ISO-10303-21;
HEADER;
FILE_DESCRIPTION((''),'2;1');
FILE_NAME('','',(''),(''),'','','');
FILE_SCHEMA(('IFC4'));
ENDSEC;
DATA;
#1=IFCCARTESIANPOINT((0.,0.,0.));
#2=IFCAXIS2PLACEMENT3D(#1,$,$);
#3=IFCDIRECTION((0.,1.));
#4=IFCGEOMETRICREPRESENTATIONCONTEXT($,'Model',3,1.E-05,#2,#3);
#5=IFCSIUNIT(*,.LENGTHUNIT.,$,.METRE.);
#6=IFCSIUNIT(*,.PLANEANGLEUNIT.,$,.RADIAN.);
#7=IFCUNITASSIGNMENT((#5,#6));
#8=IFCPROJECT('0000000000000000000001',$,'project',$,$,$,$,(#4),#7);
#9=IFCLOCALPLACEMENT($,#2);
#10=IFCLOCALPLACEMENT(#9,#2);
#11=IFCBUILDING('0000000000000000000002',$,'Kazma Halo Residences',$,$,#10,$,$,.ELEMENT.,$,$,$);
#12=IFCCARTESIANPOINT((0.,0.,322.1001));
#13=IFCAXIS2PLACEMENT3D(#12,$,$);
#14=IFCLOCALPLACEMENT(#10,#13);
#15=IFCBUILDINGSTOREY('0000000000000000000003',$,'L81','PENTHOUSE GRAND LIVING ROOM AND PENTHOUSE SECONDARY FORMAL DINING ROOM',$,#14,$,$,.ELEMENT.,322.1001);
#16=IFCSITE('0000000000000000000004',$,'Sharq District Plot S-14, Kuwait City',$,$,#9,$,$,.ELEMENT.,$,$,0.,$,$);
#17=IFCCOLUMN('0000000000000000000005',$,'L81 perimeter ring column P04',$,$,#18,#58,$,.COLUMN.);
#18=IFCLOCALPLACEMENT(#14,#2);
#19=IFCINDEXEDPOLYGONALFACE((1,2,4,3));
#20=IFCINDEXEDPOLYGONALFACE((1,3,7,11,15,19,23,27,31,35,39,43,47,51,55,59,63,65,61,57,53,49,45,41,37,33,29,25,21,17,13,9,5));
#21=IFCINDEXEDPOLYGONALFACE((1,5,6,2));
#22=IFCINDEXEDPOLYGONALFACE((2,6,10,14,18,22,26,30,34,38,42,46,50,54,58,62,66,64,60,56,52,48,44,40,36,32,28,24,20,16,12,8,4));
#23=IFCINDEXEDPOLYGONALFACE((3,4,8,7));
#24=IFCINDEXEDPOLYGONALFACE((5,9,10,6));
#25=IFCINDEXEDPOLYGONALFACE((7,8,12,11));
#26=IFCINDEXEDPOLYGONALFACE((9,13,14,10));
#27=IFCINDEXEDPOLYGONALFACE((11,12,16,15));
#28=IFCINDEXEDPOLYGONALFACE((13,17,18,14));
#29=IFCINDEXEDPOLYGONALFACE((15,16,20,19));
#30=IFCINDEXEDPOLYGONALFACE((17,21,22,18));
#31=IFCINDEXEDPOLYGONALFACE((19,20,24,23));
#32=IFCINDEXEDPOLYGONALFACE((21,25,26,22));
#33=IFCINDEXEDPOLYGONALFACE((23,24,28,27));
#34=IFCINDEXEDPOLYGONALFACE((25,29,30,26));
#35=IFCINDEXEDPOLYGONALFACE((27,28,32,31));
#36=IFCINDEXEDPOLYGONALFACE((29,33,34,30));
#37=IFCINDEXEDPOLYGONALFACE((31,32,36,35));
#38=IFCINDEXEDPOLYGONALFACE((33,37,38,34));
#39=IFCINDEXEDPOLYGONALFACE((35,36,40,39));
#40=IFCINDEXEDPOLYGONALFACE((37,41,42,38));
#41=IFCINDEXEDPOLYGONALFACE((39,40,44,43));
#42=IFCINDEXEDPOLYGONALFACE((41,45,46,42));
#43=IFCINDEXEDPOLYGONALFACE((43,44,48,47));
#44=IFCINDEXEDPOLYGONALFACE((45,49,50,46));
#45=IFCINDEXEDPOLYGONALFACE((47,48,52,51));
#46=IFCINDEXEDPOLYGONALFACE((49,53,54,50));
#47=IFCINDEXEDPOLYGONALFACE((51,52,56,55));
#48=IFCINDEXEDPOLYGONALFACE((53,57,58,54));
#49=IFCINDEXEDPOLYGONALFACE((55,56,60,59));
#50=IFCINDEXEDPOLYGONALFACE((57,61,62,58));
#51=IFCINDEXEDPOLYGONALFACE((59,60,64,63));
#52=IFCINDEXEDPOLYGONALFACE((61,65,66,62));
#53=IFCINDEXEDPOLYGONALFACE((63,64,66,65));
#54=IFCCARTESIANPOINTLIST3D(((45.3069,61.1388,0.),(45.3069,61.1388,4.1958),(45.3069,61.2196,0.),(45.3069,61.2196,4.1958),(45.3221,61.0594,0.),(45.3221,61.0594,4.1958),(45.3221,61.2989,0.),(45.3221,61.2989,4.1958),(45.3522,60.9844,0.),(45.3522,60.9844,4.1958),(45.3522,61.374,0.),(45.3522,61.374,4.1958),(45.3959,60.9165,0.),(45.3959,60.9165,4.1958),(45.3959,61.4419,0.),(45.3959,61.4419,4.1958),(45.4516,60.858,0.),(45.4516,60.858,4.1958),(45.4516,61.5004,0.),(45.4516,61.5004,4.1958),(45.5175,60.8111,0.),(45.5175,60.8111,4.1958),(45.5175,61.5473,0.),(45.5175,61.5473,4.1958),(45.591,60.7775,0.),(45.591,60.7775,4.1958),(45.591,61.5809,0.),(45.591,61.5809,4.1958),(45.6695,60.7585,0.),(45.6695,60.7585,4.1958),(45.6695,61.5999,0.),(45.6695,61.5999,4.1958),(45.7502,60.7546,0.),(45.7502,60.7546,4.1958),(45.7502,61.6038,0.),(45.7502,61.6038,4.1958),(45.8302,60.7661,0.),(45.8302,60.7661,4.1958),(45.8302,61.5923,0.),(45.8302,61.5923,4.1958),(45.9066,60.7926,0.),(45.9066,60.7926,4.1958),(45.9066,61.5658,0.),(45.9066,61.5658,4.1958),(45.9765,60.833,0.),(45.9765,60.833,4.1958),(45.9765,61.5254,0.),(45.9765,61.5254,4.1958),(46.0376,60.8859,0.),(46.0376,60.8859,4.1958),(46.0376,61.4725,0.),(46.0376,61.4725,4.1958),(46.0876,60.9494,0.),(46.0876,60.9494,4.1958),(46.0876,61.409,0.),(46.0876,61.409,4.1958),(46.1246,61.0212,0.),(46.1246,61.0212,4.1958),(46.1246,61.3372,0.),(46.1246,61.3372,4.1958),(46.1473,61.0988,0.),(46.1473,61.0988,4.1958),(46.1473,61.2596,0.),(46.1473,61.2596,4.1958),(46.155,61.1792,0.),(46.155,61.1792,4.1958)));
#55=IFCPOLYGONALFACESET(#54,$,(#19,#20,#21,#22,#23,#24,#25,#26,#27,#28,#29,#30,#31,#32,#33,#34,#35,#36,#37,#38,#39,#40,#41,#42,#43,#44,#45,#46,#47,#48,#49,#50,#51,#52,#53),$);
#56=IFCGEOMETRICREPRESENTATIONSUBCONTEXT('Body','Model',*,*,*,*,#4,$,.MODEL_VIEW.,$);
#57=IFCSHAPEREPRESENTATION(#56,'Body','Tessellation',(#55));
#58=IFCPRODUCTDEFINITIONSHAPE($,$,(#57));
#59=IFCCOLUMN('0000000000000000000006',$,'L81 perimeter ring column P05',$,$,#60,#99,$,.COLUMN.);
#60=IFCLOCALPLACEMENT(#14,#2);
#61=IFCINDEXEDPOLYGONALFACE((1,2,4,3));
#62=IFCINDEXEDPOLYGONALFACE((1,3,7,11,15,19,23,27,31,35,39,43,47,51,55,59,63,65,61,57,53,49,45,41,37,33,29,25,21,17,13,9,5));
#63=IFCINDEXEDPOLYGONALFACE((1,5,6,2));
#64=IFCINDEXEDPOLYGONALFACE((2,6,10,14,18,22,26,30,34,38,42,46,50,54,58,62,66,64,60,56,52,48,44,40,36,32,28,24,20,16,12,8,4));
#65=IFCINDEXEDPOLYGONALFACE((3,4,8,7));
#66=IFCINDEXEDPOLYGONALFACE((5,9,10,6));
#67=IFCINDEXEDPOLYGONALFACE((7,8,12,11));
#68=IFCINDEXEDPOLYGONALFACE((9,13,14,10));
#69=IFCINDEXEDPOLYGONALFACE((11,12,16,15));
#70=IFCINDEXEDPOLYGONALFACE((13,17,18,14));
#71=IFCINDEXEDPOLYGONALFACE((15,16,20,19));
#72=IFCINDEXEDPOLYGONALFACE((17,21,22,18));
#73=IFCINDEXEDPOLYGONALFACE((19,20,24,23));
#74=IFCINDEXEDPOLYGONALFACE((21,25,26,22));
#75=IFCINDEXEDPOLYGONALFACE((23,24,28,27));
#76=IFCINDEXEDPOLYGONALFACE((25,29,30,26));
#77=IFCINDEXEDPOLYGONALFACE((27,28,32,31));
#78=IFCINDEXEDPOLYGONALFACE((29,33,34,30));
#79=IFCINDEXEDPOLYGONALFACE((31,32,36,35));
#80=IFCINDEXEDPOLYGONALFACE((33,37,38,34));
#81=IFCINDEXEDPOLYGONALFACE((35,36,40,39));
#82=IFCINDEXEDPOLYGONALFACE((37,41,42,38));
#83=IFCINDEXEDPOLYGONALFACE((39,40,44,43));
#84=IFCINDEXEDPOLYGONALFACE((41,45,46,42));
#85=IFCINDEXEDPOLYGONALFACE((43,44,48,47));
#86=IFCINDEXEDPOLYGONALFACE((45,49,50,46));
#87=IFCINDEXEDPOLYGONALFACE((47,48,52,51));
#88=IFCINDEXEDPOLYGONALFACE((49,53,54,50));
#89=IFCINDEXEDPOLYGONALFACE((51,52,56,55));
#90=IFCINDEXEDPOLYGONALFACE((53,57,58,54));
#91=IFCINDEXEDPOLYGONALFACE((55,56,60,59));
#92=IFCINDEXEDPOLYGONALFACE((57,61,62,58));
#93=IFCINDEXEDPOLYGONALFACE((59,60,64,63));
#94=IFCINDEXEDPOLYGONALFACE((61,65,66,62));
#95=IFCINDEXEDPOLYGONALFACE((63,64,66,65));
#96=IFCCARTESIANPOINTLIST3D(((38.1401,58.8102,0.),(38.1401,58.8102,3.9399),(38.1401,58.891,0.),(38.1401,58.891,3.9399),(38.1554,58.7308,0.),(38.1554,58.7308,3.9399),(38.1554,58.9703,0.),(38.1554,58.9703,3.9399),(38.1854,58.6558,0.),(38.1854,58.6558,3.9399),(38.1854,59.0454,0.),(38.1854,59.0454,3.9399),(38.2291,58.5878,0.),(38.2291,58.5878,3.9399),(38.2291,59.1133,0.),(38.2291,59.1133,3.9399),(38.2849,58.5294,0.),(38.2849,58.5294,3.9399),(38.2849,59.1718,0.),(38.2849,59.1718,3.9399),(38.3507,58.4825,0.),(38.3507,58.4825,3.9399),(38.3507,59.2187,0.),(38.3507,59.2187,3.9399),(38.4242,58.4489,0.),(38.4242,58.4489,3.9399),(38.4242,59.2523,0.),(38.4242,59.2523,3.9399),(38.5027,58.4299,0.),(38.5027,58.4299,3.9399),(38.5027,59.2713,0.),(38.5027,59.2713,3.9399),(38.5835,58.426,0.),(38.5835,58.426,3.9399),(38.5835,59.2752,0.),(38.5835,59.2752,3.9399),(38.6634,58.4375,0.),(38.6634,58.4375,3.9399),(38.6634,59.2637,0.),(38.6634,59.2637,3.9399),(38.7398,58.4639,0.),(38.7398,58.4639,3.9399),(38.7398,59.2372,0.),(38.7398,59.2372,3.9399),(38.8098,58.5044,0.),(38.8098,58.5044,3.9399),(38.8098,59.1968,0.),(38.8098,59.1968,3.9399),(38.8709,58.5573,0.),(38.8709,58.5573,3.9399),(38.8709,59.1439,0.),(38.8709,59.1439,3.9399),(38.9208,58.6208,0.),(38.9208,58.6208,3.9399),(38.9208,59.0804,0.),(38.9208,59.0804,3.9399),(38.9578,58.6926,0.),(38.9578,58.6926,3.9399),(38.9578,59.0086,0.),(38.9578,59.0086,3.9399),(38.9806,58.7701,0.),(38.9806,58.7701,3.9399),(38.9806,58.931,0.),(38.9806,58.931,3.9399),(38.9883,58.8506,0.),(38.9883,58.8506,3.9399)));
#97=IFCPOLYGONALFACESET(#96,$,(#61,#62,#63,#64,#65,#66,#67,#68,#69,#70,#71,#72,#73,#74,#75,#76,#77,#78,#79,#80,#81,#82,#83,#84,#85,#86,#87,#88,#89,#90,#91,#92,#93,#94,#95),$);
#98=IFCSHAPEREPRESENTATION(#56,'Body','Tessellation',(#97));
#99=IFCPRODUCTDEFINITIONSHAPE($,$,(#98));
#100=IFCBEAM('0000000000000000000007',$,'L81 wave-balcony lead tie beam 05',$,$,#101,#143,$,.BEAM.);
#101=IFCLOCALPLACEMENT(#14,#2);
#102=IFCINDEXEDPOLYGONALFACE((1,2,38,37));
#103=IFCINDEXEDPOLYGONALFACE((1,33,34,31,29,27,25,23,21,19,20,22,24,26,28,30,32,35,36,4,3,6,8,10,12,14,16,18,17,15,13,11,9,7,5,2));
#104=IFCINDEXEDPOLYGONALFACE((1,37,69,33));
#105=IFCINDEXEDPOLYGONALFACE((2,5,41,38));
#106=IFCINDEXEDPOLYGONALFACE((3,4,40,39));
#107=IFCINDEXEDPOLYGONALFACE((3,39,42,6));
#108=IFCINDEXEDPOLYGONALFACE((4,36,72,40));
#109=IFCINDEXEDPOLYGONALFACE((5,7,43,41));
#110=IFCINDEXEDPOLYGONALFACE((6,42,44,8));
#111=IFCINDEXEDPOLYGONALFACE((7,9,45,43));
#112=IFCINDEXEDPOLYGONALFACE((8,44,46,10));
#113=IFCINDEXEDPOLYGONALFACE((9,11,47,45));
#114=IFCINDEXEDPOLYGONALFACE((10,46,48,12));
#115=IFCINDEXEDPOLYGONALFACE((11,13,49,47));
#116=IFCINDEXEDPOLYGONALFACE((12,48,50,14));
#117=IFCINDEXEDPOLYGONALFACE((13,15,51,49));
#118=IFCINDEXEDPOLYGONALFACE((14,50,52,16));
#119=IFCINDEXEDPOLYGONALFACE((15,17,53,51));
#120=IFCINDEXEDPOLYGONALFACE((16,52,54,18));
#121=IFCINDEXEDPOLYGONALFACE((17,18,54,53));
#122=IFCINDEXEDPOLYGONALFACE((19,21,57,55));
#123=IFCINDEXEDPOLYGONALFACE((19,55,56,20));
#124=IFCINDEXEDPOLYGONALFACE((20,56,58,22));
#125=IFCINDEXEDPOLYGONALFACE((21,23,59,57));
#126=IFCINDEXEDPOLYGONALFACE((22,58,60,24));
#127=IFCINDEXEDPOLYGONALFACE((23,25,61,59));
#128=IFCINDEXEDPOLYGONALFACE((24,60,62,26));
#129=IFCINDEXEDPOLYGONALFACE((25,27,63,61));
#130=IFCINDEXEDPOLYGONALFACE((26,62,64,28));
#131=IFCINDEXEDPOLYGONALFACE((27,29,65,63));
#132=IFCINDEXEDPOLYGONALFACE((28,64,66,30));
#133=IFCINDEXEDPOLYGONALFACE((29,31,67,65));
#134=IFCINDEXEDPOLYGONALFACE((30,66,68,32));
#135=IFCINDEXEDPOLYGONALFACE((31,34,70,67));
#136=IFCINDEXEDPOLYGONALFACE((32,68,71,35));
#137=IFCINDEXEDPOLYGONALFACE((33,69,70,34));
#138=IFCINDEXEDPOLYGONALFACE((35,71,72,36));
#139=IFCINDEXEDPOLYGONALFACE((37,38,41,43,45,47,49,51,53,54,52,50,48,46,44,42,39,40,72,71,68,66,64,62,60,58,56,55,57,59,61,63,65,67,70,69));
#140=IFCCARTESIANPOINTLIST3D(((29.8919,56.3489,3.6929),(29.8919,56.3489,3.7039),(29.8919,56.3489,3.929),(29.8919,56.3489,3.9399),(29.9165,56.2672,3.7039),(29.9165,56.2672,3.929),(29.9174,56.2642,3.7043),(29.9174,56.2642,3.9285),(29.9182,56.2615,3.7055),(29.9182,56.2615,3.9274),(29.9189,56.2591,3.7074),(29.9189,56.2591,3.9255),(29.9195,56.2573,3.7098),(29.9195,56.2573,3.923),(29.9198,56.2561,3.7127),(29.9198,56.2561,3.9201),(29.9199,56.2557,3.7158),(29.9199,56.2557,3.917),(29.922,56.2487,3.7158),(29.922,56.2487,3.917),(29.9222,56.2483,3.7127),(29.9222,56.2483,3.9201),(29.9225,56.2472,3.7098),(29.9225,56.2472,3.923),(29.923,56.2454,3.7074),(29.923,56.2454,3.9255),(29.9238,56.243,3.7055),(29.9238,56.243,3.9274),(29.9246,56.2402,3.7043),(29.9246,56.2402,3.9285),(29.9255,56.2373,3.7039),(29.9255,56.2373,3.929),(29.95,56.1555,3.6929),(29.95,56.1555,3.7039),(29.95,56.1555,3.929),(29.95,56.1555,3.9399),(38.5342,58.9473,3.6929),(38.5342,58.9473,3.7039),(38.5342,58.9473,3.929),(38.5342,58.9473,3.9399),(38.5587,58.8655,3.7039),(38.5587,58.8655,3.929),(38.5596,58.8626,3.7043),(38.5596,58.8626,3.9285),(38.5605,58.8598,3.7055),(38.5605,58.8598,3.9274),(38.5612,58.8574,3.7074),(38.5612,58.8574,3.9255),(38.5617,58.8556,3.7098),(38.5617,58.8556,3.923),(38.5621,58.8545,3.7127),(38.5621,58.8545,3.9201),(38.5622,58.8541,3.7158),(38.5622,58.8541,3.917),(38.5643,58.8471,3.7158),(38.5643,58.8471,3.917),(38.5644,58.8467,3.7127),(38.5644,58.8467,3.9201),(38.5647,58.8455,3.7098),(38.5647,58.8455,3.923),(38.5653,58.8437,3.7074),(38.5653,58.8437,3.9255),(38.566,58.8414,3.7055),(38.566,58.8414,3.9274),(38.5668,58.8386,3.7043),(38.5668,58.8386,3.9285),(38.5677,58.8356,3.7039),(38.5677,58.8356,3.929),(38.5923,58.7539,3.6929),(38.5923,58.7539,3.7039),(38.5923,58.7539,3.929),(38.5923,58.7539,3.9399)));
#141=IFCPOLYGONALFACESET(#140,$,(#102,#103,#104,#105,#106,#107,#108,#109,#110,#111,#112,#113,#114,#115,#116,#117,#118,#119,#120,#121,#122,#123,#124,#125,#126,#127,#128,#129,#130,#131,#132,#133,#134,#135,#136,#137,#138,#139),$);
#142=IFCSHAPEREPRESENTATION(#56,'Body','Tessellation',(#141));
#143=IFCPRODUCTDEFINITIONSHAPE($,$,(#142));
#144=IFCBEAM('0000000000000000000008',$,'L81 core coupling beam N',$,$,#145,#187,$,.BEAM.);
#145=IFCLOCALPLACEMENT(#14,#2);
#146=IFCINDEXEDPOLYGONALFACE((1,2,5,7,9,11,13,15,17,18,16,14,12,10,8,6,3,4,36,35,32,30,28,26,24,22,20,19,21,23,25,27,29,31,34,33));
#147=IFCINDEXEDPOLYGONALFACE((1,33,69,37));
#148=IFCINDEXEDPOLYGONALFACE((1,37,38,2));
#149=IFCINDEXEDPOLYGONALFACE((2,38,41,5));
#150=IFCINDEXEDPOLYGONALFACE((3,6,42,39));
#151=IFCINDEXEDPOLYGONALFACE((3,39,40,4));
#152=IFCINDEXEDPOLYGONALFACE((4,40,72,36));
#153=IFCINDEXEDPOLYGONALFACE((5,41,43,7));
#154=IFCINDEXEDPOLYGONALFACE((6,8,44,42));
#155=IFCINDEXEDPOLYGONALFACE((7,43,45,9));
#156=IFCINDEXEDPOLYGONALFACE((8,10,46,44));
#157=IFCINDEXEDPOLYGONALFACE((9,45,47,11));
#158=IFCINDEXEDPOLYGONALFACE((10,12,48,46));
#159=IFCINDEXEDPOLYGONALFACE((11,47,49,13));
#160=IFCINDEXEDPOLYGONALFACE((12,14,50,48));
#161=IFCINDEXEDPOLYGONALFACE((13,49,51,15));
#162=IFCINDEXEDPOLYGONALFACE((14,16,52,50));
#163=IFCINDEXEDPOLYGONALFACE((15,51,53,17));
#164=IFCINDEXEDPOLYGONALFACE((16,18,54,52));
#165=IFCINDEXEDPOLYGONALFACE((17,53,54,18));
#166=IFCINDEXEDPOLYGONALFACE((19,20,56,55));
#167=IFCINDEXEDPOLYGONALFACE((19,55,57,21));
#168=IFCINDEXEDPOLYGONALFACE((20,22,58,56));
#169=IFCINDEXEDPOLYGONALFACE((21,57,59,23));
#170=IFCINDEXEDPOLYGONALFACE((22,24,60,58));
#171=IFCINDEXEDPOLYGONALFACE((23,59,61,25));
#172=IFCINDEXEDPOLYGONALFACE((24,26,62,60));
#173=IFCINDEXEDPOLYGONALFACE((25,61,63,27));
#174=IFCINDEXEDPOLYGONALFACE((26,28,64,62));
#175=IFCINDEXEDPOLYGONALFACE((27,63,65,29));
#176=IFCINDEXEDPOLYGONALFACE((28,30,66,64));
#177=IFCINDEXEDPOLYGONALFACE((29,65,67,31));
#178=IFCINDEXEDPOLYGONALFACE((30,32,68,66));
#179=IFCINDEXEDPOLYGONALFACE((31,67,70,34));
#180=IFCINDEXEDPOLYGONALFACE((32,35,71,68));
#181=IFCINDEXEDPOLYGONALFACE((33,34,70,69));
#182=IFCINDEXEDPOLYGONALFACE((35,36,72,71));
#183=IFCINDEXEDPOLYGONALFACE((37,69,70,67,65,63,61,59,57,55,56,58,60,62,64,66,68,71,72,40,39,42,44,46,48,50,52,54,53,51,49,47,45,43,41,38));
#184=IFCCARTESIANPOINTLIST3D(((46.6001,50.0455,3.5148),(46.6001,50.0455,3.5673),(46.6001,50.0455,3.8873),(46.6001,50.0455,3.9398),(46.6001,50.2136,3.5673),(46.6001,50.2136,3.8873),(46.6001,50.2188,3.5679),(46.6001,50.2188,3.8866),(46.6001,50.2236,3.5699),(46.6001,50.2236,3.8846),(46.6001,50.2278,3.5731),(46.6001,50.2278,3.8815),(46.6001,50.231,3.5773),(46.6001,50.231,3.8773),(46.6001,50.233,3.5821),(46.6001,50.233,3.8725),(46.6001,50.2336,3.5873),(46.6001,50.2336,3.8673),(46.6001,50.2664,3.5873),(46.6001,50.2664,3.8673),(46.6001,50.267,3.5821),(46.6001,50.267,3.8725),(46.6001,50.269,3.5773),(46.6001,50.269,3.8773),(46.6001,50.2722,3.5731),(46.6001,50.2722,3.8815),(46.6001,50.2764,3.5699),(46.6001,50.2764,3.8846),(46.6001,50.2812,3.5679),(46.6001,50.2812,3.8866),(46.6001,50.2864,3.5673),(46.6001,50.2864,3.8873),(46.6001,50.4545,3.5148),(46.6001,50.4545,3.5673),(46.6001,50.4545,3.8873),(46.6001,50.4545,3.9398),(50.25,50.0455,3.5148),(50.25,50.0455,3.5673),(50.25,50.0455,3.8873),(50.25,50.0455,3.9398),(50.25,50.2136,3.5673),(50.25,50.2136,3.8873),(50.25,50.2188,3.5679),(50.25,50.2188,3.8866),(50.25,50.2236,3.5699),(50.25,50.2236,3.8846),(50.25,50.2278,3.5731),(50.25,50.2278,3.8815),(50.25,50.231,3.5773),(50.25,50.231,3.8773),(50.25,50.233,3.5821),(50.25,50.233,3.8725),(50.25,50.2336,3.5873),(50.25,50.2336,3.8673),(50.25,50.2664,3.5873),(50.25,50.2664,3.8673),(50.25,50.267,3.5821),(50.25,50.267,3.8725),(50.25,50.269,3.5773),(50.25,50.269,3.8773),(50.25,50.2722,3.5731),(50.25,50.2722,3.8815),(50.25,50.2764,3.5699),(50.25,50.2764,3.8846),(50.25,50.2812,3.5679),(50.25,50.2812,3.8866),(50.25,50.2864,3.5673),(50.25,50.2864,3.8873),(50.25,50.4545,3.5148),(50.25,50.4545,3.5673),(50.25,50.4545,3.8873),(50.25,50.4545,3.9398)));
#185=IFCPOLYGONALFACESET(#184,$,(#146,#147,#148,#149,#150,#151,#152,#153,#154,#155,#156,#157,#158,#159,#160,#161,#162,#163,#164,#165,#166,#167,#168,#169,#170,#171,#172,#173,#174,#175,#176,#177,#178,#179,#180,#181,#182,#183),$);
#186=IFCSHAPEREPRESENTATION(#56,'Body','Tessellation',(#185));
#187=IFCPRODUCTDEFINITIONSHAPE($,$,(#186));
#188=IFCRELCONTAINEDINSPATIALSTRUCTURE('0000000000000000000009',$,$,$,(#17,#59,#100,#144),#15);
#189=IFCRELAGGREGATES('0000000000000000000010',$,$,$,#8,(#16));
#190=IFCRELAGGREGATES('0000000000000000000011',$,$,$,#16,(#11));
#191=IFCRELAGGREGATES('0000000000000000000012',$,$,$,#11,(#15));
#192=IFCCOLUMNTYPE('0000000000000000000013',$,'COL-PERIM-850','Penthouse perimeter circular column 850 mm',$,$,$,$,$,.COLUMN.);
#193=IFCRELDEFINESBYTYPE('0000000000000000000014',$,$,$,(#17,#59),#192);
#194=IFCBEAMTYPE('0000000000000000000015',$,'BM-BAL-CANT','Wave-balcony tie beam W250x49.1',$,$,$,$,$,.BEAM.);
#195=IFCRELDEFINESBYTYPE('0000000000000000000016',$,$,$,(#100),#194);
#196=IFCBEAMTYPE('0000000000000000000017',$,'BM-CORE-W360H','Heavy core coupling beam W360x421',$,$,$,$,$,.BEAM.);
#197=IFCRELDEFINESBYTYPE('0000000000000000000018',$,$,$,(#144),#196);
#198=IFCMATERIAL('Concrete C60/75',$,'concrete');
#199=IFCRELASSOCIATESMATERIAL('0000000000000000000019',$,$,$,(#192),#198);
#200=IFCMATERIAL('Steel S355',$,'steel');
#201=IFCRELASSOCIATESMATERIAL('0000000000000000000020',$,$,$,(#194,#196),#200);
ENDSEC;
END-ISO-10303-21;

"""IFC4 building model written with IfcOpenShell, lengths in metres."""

from ifc_helpers import new_model, si_unit, direction, frame, origin, origin_2d, place, context, subcontext, project, spatial, circle, i_section, extrude, material, material_profile, profile_set, type_object, element, save


model = new_model("IFC4")

# Units and contexts
model_context = context("Model", 3, precision=1e-05, world=origin(), true_north=direction((0.0, 1.0)))
body_context = subcontext(model_context, "Body", "Model", "MODEL_VIEW")
ifc_project = project(units=[si_unit("LENGTHUNIT", "METRE"), si_unit("PLANEANGLEUNIT", "RADIAN")], contexts=[model_context])

# Site, building, storey
site_placement = place(None, origin())
site = spatial("IfcSite", under=ifc_project, at=site_placement, Name="Sharq District Plot S-14, Kuwait City", CompositionType="ELEMENT", RefElevation=0.0)
building_placement = place(site_placement, origin())
building = spatial("IfcBuilding", under=site, at=building_placement, Name="Kazma Halo Residences", CompositionType="ELEMENT")
storey_placement = place(building_placement, frame((0.0, 0.0, 322.1001)))
storey = spatial("IfcBuildingStorey", under=building, at=storey_placement, Name="L81", Description="PENTHOUSE GRAND LIVING ROOM AND PENTHOUSE SECONDARY FORMAL DINING ROOM", CompositionType="ELEMENT", Elevation=322.1001)

# Columns
ifc_material_1 = material(Name="Concrete C60/75", Category="concrete")
ifc_material_profile_1 = material_profile(ifc_material_1, circle(Radius=0.425, at=origin_2d()), Name="CIRC850")
ifc_profile_set_1 = profile_set([ifc_material_profile_1], Name="Concrete C60/75")
column_type = type_object("IfcColumnType", Name="COL-PERIM-850", Description="Penthouse perimeter circular column 850 mm", PredefinedType="COLUMN", material=ifc_profile_set_1)
column_1_placement = place(storey_placement, frame((45.73, 61.1792, 0.0), z_axis=(0.0, 0.0, 1.0), x_axis=(1.0, 0.0, 0.0)))
element("IfcColumn", 1, at=column_1_placement, inside=storey, type_object=column_type, Name="L81 perimeter ring column P04", PredefinedType="COLUMN", context=body_context, shape_type="SweptSolid", body=[
    extrude(circle(Radius=0.425, at=origin_2d()), origin(), (0.0, 0.0, 1.0), 4.1958),
])
column_2_placement = place(storey_placement, frame((38.5632, 58.8506, 0.0), z_axis=(0.0, 0.0, 1.0), x_axis=(1.0, 0.0, 0.0)))
element("IfcColumn", 2, at=column_2_placement, inside=storey, type_object=column_type, Name="L81 perimeter ring column P05", PredefinedType="COLUMN", context=body_context, shape_type="SweptSolid", body=[
    extrude(circle(Radius=0.425, at=origin_2d()), origin(), (0.0, 0.0, 1.0), 3.9399),
])

# Beams
ifc_material_2 = material(Name="Steel S355", Category="steel")
ifc_material_profile_2 = material_profile(ifc_material_2, i_section(OverallWidth=0.2019, OverallDepth=0.2471, WebThickness=0.0073, FlangeThickness=0.011, FilletRadius=0.012, at=origin_2d()), Name="W250x49.1")
ifc_profile_set_2 = profile_set([ifc_material_profile_2], Name="Steel S355")
beam_type_1 = type_object("IfcBeamType", Name="BM-BAL-CANT", Description="Wave-balcony tie beam W250x49.1", PredefinedType="BEAM", material=ifc_profile_set_2)
beam_1_placement = place(storey_placement, frame((38.5632, 58.8506, 3.8164), z_axis=(-0.957653, -0.287926, 0.0), x_axis=(0.287926, -0.957653, 0.0)))
element("IfcBeam", 3, at=beam_1_placement, inside=storey, type_object=beam_type_1, Name="L81 wave-balcony lead tie beam 05", PredefinedType="BEAM", context=body_context, shape_type="SweptSolid", body=[
    extrude(i_section(OverallWidth=0.2019, OverallDepth=0.2471, WebThickness=0.0073, FlangeThickness=0.011, FilletRadius=0.012, at=origin_2d()), origin(), (0.0, 0.0, 1.0), 9.0244),
])
ifc_material_profile_3 = material_profile(ifc_material_2, i_section(OverallWidth=0.4089, OverallDepth=0.425, WebThickness=0.0327, FlangeThickness=0.0525, FilletRadius=0.02, at=origin_2d()), Name="W360x421")
ifc_profile_set_3 = profile_set([ifc_material_profile_3], Name="Steel S355")
beam_type_2 = type_object("IfcBeamType", Name="BM-CORE-W360H", Description="Heavy core coupling beam W360x421", PredefinedType="BEAM", material=ifc_profile_set_3)
beam_2_placement = place(storey_placement, frame((46.6001, 50.25, 3.7273), z_axis=(1.0, 0.0, 0.0), x_axis=(0.0, 1.0, 0.0)))
element("IfcBeam", 4, at=beam_2_placement, inside=storey, type_object=beam_type_2, Name="L81 core coupling beam N", PredefinedType="BEAM", context=body_context, shape_type="SweptSolid", body=[
    extrude(i_section(OverallWidth=0.4089, OverallDepth=0.425, WebThickness=0.0327, FlangeThickness=0.0525, FilletRadius=0.02, at=origin_2d()), origin(), (0.0, 0.0, 1.0), 3.6499),
])

save(model, "model.ifc")
